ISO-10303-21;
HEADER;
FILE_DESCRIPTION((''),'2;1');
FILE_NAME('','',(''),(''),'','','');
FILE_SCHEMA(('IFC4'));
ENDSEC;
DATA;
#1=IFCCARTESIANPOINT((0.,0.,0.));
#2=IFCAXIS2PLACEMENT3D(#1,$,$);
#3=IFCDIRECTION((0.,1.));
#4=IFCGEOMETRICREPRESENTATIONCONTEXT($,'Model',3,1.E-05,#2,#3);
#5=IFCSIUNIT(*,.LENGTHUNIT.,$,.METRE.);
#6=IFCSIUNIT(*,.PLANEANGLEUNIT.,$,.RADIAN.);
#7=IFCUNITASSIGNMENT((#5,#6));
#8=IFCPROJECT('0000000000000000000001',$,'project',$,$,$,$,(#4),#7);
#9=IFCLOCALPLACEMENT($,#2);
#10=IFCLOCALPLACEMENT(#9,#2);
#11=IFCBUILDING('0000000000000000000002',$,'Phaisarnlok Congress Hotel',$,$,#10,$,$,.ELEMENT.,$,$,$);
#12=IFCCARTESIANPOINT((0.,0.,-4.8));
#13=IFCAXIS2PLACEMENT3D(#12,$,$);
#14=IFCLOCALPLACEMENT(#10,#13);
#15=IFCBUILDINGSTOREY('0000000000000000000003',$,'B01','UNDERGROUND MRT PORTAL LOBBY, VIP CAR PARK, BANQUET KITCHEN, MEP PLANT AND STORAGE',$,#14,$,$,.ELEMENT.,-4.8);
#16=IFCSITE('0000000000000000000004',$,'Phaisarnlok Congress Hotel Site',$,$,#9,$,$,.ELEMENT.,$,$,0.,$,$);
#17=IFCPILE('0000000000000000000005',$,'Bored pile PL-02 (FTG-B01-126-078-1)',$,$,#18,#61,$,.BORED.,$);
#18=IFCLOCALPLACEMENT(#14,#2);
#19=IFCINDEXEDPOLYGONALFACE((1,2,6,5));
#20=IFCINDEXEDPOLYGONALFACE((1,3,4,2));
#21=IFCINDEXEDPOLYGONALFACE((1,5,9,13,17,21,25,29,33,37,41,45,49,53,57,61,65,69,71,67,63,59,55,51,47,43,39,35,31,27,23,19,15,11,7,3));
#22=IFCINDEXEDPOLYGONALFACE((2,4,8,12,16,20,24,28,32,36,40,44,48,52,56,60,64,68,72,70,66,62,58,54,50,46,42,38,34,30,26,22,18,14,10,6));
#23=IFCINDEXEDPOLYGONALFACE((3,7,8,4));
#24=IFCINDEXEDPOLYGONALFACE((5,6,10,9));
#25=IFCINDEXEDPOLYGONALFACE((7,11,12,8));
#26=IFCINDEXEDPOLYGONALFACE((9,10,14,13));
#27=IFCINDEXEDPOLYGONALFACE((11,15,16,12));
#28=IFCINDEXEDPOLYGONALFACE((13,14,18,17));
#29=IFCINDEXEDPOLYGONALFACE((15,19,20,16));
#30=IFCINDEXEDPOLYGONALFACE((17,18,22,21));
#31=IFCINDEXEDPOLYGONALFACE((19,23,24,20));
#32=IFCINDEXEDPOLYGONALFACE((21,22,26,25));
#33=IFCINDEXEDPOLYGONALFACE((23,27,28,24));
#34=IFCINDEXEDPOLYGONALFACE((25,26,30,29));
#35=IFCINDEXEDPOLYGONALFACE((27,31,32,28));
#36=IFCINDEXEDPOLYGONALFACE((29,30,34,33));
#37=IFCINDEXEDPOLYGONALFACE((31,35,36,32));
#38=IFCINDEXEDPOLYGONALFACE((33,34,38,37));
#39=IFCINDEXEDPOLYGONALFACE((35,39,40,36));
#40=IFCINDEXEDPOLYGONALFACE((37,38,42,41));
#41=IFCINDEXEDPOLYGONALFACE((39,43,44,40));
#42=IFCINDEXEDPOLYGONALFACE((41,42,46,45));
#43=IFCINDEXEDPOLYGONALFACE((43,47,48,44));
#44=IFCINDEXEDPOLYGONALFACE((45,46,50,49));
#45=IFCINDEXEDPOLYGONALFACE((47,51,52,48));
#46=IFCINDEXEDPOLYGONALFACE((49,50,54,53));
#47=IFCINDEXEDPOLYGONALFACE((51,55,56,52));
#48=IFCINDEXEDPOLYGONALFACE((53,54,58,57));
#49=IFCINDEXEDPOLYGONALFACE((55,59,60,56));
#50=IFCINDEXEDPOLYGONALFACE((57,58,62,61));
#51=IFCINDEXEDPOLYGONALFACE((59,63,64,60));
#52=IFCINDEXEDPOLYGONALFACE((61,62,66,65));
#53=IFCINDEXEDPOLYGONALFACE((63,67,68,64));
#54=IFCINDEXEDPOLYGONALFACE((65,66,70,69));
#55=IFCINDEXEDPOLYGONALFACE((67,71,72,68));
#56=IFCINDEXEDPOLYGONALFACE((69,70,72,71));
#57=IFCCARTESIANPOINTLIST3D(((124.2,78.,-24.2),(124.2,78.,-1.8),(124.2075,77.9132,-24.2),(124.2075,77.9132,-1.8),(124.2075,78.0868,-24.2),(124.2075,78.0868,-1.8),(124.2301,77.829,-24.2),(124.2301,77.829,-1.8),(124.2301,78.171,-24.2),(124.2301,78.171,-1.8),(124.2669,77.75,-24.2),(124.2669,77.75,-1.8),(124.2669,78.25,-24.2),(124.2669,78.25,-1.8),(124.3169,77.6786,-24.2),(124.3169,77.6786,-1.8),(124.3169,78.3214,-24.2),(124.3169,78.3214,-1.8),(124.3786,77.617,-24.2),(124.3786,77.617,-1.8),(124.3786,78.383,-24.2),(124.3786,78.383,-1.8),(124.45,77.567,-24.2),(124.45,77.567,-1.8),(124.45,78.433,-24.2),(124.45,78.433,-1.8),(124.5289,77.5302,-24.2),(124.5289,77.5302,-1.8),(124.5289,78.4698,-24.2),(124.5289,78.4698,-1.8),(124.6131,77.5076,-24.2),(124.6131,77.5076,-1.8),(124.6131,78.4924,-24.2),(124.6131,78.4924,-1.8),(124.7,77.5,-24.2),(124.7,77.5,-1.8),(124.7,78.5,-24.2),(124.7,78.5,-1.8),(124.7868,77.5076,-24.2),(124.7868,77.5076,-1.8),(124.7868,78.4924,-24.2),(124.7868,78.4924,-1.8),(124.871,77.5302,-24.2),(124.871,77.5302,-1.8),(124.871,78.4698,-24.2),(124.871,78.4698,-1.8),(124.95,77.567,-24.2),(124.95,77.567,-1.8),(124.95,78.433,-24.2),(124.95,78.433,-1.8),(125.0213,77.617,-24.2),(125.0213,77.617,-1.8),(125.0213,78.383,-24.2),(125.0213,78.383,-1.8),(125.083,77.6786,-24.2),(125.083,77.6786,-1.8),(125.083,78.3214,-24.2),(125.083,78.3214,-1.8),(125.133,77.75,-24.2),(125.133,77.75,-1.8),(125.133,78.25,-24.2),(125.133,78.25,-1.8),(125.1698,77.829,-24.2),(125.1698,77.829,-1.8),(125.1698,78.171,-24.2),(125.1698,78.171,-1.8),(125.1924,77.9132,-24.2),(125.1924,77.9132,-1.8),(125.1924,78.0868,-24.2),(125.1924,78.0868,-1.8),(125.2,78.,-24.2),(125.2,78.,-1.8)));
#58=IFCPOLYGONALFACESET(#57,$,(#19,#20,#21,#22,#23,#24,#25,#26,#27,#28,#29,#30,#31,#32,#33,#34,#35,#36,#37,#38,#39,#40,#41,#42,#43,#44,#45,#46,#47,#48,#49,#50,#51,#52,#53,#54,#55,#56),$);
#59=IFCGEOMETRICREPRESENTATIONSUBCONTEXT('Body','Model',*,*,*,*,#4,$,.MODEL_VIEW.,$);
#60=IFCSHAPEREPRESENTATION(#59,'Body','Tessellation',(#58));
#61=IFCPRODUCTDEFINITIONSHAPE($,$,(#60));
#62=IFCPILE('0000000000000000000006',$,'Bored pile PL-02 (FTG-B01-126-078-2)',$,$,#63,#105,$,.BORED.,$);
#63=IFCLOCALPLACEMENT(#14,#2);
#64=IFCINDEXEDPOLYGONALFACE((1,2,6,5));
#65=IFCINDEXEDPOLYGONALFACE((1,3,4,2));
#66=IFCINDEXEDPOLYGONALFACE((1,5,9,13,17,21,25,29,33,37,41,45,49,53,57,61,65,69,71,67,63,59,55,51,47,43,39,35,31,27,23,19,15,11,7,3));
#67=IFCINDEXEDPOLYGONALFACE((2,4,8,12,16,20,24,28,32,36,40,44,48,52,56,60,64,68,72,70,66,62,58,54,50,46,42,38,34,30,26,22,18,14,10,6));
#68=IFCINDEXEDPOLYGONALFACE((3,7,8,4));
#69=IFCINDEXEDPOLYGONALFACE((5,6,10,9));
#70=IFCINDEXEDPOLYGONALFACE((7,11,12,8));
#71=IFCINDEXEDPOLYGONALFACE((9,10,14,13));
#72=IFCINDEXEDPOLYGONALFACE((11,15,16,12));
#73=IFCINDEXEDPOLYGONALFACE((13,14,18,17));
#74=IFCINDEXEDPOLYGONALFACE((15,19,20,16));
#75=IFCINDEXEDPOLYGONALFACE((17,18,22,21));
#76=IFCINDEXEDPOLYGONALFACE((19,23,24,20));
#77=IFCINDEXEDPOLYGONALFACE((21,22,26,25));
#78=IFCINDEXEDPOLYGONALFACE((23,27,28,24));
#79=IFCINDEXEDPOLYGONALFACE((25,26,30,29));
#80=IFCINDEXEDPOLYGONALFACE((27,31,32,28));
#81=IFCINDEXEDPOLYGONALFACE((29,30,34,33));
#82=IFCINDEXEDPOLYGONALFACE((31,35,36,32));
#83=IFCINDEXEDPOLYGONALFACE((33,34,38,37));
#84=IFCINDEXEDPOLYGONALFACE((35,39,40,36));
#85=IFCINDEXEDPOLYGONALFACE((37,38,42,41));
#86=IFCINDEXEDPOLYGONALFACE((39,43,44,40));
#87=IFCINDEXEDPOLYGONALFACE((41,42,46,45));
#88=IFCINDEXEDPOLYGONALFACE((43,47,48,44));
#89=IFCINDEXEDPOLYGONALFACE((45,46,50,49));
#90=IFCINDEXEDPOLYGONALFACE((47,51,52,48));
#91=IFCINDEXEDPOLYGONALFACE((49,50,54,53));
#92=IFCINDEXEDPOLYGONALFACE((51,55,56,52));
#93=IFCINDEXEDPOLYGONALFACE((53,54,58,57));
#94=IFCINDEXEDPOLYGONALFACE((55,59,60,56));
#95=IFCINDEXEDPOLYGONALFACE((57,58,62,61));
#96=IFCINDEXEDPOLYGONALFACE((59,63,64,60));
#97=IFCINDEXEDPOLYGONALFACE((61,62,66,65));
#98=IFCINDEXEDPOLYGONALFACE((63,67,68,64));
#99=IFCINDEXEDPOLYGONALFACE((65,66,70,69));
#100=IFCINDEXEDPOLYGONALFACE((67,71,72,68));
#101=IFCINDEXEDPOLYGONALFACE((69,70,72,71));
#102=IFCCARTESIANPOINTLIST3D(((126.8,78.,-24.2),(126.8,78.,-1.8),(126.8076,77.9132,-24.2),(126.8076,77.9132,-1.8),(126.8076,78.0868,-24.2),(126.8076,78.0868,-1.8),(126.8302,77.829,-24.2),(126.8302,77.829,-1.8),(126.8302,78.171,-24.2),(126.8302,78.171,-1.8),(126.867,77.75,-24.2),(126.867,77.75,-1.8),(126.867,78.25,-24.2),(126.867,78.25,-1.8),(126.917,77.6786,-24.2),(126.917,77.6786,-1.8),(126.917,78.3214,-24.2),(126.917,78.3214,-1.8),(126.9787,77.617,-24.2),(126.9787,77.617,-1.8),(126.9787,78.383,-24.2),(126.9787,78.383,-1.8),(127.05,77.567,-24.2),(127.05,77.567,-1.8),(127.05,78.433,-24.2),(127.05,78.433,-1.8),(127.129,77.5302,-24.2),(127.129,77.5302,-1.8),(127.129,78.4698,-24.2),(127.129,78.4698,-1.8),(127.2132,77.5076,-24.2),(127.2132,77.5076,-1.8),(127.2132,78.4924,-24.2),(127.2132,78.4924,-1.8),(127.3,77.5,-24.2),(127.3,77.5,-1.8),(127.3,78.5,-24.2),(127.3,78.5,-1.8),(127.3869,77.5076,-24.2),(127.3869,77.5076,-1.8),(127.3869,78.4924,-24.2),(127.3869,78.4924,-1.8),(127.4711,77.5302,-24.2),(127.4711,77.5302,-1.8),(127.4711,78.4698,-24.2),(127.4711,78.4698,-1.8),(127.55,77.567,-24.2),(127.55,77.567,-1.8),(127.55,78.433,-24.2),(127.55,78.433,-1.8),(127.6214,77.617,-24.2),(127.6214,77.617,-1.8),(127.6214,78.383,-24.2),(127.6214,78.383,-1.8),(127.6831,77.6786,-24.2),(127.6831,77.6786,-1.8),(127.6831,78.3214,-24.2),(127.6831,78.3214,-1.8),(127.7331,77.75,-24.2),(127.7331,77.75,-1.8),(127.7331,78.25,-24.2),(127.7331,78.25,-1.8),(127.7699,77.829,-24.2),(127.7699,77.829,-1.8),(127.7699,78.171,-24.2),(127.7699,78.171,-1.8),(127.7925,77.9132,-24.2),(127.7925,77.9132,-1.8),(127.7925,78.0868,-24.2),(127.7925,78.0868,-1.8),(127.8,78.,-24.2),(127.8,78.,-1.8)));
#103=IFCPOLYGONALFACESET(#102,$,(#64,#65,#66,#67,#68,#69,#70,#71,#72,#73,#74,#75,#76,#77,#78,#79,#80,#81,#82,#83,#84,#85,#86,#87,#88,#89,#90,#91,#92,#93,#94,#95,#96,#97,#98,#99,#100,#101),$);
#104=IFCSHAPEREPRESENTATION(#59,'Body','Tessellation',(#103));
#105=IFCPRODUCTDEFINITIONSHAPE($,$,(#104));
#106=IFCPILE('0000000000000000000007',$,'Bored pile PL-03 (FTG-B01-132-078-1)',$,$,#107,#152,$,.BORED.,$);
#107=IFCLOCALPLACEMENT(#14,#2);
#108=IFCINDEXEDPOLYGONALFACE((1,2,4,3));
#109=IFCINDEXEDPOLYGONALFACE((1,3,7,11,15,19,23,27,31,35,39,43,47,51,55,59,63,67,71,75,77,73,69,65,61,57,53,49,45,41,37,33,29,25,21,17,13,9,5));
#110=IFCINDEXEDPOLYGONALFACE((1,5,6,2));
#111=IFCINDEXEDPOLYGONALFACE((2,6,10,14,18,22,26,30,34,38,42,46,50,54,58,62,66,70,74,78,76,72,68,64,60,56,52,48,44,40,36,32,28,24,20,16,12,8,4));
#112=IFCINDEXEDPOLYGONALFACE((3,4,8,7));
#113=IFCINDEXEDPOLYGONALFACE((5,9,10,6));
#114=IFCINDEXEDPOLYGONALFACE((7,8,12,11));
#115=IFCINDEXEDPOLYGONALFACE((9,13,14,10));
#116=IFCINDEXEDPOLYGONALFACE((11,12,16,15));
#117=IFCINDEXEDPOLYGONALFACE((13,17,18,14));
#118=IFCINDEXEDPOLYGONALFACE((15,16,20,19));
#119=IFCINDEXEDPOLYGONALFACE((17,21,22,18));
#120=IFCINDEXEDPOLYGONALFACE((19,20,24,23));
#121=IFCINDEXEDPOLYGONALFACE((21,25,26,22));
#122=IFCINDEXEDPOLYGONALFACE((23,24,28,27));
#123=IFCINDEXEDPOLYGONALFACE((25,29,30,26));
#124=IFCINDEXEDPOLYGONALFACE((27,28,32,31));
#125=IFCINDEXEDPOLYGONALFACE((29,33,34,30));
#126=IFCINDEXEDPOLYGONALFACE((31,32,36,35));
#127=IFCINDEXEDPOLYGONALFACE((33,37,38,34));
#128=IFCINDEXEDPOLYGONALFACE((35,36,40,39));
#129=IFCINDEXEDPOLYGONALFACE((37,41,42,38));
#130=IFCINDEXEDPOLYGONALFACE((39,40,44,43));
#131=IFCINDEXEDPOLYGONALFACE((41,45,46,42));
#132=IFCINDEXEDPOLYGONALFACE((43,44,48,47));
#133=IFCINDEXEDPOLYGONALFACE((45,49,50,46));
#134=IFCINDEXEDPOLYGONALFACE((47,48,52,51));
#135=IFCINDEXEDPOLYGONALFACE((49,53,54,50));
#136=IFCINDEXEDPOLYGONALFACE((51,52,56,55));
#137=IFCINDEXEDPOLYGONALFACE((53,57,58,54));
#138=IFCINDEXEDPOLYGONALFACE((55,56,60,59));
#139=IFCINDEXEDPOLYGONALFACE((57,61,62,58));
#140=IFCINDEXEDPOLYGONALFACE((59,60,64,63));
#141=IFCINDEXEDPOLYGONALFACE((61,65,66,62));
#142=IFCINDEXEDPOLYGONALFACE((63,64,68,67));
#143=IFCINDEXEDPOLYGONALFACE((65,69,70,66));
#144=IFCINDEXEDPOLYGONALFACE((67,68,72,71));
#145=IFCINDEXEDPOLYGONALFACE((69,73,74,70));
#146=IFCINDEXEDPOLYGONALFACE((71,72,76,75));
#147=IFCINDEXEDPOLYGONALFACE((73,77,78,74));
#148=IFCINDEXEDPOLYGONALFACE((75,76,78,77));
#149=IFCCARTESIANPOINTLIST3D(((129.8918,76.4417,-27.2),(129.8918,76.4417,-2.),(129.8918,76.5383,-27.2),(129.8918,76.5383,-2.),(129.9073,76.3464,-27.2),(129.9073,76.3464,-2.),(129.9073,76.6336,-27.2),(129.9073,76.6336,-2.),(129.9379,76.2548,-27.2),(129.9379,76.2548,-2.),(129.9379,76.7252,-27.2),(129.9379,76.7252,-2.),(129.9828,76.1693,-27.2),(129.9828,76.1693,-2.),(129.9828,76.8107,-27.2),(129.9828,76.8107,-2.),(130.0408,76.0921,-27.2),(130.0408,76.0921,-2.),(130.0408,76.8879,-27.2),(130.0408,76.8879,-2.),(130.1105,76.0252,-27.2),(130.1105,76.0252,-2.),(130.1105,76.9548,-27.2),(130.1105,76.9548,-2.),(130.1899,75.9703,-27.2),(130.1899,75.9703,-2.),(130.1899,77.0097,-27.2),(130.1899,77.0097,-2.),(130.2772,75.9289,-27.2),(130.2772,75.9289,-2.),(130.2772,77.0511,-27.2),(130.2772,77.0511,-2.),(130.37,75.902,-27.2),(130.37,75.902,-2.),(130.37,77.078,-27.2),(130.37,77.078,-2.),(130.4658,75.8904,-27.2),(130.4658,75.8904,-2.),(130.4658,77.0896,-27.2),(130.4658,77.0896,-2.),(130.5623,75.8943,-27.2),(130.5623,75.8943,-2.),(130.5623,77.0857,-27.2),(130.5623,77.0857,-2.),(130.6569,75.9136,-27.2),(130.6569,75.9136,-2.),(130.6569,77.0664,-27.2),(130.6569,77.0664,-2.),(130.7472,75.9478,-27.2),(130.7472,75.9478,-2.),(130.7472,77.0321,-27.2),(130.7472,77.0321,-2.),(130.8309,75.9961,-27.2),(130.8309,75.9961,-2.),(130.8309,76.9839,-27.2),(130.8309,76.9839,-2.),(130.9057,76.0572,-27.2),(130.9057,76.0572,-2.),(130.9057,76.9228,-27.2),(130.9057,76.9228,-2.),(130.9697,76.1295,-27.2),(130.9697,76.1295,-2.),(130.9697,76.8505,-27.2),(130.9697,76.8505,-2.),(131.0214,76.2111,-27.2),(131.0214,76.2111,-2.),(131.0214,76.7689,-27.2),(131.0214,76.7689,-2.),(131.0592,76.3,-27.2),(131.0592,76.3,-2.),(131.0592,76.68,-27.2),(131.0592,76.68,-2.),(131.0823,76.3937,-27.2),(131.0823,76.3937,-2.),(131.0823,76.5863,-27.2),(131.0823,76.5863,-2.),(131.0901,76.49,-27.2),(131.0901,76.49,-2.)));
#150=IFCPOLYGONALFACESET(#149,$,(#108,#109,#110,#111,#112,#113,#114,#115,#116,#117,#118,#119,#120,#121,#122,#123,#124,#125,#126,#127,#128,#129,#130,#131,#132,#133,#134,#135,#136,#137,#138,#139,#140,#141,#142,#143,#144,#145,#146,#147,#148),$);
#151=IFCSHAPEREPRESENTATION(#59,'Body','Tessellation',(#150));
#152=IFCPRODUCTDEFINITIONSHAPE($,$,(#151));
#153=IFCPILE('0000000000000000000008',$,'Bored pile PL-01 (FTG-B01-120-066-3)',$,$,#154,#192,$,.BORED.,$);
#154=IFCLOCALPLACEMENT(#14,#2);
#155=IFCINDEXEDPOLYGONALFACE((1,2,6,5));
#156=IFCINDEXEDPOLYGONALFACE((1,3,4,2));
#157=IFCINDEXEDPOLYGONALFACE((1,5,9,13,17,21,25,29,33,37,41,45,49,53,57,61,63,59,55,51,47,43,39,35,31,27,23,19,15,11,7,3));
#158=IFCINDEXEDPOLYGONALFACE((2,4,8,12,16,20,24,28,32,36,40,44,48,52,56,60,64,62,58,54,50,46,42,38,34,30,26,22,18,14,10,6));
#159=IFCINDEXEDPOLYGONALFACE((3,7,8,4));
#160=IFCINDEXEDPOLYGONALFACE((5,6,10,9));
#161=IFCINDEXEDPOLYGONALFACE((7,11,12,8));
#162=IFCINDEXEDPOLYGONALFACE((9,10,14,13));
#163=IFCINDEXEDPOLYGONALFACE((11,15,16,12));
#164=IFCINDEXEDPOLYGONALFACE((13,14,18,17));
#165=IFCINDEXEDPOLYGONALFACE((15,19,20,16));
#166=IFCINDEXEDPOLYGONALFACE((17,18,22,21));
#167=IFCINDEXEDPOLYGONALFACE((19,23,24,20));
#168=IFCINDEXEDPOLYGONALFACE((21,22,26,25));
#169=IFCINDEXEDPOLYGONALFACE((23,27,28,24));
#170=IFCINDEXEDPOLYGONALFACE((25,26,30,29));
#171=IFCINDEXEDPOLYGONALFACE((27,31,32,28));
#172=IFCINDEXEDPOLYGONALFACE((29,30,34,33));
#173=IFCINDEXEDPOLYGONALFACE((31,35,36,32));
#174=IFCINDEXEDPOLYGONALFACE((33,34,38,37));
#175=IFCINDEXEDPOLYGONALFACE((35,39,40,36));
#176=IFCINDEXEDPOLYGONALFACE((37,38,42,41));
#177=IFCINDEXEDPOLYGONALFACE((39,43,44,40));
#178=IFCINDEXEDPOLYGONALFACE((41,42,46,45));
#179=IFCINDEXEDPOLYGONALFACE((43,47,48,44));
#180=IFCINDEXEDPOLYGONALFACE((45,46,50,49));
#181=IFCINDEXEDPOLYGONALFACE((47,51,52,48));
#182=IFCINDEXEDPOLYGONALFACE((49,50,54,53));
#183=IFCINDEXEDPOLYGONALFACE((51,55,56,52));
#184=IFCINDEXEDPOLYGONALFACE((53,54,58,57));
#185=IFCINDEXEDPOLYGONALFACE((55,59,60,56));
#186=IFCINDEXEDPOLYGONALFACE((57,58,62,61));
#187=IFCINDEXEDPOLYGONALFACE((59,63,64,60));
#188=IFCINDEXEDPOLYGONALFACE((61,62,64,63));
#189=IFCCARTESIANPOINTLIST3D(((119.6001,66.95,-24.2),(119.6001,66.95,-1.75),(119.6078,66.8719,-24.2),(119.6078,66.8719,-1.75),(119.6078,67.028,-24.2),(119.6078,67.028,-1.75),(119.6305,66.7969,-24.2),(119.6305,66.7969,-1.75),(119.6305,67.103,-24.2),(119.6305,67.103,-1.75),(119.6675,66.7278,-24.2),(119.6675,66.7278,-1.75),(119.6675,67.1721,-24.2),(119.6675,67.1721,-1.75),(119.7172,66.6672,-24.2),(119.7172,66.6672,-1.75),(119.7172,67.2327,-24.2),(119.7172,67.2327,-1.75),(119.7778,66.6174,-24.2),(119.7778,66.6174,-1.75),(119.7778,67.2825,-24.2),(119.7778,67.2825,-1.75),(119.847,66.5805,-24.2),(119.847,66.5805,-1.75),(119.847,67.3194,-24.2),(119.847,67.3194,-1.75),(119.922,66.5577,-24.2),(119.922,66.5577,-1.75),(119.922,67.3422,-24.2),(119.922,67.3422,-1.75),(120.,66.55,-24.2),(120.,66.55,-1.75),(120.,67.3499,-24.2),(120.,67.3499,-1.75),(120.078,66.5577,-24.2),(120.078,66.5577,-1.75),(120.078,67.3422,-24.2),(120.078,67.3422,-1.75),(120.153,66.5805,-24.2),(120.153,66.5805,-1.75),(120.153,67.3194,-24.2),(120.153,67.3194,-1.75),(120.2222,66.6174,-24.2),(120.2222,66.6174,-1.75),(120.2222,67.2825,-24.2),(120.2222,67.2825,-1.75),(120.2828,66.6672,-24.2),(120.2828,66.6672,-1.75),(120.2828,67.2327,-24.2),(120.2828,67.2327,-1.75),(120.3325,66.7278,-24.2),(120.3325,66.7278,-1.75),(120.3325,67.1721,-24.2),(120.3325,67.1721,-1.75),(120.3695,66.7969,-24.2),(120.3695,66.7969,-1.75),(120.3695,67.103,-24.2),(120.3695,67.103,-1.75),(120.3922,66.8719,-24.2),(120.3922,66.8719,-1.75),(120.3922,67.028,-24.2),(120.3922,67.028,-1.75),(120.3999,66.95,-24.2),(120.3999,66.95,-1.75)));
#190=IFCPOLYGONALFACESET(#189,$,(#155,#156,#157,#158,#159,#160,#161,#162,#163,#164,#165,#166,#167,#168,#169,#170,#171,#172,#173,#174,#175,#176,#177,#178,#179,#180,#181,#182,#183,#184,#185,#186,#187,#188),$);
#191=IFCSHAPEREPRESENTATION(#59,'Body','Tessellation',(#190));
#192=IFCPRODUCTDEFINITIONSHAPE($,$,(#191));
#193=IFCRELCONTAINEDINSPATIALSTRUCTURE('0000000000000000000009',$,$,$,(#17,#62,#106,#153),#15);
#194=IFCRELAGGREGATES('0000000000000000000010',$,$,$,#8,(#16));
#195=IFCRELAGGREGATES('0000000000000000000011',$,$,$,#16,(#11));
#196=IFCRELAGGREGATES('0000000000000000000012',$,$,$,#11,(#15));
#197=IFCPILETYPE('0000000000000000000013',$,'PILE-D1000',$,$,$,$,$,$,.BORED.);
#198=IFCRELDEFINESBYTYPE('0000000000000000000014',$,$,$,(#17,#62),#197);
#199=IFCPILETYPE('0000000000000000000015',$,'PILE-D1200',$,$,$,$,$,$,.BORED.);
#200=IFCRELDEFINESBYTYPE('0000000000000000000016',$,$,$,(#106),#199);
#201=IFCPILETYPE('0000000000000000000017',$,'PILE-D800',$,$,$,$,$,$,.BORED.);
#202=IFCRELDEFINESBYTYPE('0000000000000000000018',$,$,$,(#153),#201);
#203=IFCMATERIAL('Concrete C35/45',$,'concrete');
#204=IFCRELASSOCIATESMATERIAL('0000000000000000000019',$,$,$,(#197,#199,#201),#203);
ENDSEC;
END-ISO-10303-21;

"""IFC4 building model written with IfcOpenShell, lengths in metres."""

from ifc_helpers import new_model, si_unit, direction, frame, origin, origin_2d, place, context, subcontext, project, spatial, circle, extrude, material, material_profile, profile_set, type_object, element, save


model = new_model("IFC4")

# Units and contexts
model_context = context("Model", 3, precision=1e-05, world=origin(), true_north=direction((0.0, 1.0)))
body_context = subcontext(model_context, "Body", "Model", "MODEL_VIEW")
ifc_project = project(units=[si_unit("LENGTHUNIT", "METRE"), si_unit("PLANEANGLEUNIT", "RADIAN")], contexts=[model_context])

# Site, building, storey
site_placement = place(None, origin())
site = spatial("IfcSite", under=ifc_project, at=site_placement, Name="Phaisarnlok Congress Hotel Site", CompositionType="ELEMENT", RefElevation=0.0)
building_placement = place(site_placement, origin())
building = spatial("IfcBuilding", under=site, at=building_placement, Name="Phaisarnlok Congress Hotel", CompositionType="ELEMENT")
storey_placement = place(building_placement, frame((0.0, 0.0, -4.8)))
storey = spatial("IfcBuildingStorey", under=building, at=storey_placement, Name="B01", Description="UNDERGROUND MRT PORTAL LOBBY, VIP CAR PARK, BANQUET KITCHEN, MEP PLANT AND STORAGE", CompositionType="ELEMENT", Elevation=-4.8)

# Piles
ifc_material_1 = material(Name="Concrete C35/45", Category="concrete")
ifc_material_profile_1 = material_profile(ifc_material_1, circle(Radius=0.5, at=origin_2d()), Name="BORED PILE D1000")
ifc_profile_set_1 = profile_set([ifc_material_profile_1], Name="Concrete C35/45")
pile_type_1 = type_object("IfcPileType", Name="PILE-D1000", PredefinedType="BORED", material=ifc_profile_set_1)
for number, where, z_axis, x_axis, name in (
    (1, (124.7, 78.0, -1.8), (0.0, 0.0, -1.0), (1.0, 0.0, 0.0), "Bored pile PL-02 (FTG-B01-126-078-1)"),
    (2, (127.3, 78.0, -1.8), (0.0, 0.0, -1.0), (1.0, 0.0, 0.0), "Bored pile PL-02 (FTG-B01-126-078-2)"),
):
    element("IfcPile", number, at=place(storey_placement, frame(where, z_axis=z_axis, x_axis=x_axis)), inside=storey, type_object=pile_type_1, Name=name, PredefinedType="BORED", context=body_context, shape_type="SweptSolid", body=[
        extrude(circle(Radius=0.5, at=origin_2d()), origin(), (0.0, 0.0, 1.0), 22.3999),
    ])
ifc_material_profile_2 = material_profile(ifc_material_1, circle(Radius=0.6001, at=origin_2d()), Name="BORED PILE D1200")
ifc_profile_set_2 = profile_set([ifc_material_profile_2], Name="Concrete C35/45")
pile_type_2 = type_object("IfcPileType", Name="PILE-D1200", PredefinedType="BORED", material=ifc_profile_set_2)
pile_1_placement = place(storey_placement, frame((130.49, 76.49, -2.0), z_axis=(0.0, 0.0, -1.0), x_axis=(1.0, 0.0, 0.0)))
element("IfcPile", 3, at=pile_1_placement, inside=storey, type_object=pile_type_2, Name="Bored pile PL-03 (FTG-B01-132-078-1)", PredefinedType="BORED", context=body_context, shape_type="SweptSolid", body=[
    extrude(circle(Radius=0.6001, at=origin_2d()), origin(), (0.0, 0.0, 1.0), 25.2),
])
ifc_material_profile_3 = material_profile(ifc_material_1, circle(Radius=0.3999, at=origin_2d()), Name="BORED PILE D800")
ifc_profile_set_3 = profile_set([ifc_material_profile_3], Name="Concrete C35/45")
pile_type_3 = type_object("IfcPileType", Name="PILE-D800", PredefinedType="BORED", material=ifc_profile_set_3)
pile_2_placement = place(storey_placement, frame((120.0, 66.95, -1.75), z_axis=(0.0, 0.0, -1.0), x_axis=(1.0, 0.0, 0.0)))
element("IfcPile", 4, at=pile_2_placement, inside=storey, type_object=pile_type_3, Name="Bored pile PL-01 (FTG-B01-120-066-3)", PredefinedType="BORED", context=body_context, shape_type="SweptSolid", body=[
    extrude(circle(Radius=0.3999, at=origin_2d()), origin(), (0.0, 0.0, 1.0), 22.45),
])

save(model, "model.ifc")
